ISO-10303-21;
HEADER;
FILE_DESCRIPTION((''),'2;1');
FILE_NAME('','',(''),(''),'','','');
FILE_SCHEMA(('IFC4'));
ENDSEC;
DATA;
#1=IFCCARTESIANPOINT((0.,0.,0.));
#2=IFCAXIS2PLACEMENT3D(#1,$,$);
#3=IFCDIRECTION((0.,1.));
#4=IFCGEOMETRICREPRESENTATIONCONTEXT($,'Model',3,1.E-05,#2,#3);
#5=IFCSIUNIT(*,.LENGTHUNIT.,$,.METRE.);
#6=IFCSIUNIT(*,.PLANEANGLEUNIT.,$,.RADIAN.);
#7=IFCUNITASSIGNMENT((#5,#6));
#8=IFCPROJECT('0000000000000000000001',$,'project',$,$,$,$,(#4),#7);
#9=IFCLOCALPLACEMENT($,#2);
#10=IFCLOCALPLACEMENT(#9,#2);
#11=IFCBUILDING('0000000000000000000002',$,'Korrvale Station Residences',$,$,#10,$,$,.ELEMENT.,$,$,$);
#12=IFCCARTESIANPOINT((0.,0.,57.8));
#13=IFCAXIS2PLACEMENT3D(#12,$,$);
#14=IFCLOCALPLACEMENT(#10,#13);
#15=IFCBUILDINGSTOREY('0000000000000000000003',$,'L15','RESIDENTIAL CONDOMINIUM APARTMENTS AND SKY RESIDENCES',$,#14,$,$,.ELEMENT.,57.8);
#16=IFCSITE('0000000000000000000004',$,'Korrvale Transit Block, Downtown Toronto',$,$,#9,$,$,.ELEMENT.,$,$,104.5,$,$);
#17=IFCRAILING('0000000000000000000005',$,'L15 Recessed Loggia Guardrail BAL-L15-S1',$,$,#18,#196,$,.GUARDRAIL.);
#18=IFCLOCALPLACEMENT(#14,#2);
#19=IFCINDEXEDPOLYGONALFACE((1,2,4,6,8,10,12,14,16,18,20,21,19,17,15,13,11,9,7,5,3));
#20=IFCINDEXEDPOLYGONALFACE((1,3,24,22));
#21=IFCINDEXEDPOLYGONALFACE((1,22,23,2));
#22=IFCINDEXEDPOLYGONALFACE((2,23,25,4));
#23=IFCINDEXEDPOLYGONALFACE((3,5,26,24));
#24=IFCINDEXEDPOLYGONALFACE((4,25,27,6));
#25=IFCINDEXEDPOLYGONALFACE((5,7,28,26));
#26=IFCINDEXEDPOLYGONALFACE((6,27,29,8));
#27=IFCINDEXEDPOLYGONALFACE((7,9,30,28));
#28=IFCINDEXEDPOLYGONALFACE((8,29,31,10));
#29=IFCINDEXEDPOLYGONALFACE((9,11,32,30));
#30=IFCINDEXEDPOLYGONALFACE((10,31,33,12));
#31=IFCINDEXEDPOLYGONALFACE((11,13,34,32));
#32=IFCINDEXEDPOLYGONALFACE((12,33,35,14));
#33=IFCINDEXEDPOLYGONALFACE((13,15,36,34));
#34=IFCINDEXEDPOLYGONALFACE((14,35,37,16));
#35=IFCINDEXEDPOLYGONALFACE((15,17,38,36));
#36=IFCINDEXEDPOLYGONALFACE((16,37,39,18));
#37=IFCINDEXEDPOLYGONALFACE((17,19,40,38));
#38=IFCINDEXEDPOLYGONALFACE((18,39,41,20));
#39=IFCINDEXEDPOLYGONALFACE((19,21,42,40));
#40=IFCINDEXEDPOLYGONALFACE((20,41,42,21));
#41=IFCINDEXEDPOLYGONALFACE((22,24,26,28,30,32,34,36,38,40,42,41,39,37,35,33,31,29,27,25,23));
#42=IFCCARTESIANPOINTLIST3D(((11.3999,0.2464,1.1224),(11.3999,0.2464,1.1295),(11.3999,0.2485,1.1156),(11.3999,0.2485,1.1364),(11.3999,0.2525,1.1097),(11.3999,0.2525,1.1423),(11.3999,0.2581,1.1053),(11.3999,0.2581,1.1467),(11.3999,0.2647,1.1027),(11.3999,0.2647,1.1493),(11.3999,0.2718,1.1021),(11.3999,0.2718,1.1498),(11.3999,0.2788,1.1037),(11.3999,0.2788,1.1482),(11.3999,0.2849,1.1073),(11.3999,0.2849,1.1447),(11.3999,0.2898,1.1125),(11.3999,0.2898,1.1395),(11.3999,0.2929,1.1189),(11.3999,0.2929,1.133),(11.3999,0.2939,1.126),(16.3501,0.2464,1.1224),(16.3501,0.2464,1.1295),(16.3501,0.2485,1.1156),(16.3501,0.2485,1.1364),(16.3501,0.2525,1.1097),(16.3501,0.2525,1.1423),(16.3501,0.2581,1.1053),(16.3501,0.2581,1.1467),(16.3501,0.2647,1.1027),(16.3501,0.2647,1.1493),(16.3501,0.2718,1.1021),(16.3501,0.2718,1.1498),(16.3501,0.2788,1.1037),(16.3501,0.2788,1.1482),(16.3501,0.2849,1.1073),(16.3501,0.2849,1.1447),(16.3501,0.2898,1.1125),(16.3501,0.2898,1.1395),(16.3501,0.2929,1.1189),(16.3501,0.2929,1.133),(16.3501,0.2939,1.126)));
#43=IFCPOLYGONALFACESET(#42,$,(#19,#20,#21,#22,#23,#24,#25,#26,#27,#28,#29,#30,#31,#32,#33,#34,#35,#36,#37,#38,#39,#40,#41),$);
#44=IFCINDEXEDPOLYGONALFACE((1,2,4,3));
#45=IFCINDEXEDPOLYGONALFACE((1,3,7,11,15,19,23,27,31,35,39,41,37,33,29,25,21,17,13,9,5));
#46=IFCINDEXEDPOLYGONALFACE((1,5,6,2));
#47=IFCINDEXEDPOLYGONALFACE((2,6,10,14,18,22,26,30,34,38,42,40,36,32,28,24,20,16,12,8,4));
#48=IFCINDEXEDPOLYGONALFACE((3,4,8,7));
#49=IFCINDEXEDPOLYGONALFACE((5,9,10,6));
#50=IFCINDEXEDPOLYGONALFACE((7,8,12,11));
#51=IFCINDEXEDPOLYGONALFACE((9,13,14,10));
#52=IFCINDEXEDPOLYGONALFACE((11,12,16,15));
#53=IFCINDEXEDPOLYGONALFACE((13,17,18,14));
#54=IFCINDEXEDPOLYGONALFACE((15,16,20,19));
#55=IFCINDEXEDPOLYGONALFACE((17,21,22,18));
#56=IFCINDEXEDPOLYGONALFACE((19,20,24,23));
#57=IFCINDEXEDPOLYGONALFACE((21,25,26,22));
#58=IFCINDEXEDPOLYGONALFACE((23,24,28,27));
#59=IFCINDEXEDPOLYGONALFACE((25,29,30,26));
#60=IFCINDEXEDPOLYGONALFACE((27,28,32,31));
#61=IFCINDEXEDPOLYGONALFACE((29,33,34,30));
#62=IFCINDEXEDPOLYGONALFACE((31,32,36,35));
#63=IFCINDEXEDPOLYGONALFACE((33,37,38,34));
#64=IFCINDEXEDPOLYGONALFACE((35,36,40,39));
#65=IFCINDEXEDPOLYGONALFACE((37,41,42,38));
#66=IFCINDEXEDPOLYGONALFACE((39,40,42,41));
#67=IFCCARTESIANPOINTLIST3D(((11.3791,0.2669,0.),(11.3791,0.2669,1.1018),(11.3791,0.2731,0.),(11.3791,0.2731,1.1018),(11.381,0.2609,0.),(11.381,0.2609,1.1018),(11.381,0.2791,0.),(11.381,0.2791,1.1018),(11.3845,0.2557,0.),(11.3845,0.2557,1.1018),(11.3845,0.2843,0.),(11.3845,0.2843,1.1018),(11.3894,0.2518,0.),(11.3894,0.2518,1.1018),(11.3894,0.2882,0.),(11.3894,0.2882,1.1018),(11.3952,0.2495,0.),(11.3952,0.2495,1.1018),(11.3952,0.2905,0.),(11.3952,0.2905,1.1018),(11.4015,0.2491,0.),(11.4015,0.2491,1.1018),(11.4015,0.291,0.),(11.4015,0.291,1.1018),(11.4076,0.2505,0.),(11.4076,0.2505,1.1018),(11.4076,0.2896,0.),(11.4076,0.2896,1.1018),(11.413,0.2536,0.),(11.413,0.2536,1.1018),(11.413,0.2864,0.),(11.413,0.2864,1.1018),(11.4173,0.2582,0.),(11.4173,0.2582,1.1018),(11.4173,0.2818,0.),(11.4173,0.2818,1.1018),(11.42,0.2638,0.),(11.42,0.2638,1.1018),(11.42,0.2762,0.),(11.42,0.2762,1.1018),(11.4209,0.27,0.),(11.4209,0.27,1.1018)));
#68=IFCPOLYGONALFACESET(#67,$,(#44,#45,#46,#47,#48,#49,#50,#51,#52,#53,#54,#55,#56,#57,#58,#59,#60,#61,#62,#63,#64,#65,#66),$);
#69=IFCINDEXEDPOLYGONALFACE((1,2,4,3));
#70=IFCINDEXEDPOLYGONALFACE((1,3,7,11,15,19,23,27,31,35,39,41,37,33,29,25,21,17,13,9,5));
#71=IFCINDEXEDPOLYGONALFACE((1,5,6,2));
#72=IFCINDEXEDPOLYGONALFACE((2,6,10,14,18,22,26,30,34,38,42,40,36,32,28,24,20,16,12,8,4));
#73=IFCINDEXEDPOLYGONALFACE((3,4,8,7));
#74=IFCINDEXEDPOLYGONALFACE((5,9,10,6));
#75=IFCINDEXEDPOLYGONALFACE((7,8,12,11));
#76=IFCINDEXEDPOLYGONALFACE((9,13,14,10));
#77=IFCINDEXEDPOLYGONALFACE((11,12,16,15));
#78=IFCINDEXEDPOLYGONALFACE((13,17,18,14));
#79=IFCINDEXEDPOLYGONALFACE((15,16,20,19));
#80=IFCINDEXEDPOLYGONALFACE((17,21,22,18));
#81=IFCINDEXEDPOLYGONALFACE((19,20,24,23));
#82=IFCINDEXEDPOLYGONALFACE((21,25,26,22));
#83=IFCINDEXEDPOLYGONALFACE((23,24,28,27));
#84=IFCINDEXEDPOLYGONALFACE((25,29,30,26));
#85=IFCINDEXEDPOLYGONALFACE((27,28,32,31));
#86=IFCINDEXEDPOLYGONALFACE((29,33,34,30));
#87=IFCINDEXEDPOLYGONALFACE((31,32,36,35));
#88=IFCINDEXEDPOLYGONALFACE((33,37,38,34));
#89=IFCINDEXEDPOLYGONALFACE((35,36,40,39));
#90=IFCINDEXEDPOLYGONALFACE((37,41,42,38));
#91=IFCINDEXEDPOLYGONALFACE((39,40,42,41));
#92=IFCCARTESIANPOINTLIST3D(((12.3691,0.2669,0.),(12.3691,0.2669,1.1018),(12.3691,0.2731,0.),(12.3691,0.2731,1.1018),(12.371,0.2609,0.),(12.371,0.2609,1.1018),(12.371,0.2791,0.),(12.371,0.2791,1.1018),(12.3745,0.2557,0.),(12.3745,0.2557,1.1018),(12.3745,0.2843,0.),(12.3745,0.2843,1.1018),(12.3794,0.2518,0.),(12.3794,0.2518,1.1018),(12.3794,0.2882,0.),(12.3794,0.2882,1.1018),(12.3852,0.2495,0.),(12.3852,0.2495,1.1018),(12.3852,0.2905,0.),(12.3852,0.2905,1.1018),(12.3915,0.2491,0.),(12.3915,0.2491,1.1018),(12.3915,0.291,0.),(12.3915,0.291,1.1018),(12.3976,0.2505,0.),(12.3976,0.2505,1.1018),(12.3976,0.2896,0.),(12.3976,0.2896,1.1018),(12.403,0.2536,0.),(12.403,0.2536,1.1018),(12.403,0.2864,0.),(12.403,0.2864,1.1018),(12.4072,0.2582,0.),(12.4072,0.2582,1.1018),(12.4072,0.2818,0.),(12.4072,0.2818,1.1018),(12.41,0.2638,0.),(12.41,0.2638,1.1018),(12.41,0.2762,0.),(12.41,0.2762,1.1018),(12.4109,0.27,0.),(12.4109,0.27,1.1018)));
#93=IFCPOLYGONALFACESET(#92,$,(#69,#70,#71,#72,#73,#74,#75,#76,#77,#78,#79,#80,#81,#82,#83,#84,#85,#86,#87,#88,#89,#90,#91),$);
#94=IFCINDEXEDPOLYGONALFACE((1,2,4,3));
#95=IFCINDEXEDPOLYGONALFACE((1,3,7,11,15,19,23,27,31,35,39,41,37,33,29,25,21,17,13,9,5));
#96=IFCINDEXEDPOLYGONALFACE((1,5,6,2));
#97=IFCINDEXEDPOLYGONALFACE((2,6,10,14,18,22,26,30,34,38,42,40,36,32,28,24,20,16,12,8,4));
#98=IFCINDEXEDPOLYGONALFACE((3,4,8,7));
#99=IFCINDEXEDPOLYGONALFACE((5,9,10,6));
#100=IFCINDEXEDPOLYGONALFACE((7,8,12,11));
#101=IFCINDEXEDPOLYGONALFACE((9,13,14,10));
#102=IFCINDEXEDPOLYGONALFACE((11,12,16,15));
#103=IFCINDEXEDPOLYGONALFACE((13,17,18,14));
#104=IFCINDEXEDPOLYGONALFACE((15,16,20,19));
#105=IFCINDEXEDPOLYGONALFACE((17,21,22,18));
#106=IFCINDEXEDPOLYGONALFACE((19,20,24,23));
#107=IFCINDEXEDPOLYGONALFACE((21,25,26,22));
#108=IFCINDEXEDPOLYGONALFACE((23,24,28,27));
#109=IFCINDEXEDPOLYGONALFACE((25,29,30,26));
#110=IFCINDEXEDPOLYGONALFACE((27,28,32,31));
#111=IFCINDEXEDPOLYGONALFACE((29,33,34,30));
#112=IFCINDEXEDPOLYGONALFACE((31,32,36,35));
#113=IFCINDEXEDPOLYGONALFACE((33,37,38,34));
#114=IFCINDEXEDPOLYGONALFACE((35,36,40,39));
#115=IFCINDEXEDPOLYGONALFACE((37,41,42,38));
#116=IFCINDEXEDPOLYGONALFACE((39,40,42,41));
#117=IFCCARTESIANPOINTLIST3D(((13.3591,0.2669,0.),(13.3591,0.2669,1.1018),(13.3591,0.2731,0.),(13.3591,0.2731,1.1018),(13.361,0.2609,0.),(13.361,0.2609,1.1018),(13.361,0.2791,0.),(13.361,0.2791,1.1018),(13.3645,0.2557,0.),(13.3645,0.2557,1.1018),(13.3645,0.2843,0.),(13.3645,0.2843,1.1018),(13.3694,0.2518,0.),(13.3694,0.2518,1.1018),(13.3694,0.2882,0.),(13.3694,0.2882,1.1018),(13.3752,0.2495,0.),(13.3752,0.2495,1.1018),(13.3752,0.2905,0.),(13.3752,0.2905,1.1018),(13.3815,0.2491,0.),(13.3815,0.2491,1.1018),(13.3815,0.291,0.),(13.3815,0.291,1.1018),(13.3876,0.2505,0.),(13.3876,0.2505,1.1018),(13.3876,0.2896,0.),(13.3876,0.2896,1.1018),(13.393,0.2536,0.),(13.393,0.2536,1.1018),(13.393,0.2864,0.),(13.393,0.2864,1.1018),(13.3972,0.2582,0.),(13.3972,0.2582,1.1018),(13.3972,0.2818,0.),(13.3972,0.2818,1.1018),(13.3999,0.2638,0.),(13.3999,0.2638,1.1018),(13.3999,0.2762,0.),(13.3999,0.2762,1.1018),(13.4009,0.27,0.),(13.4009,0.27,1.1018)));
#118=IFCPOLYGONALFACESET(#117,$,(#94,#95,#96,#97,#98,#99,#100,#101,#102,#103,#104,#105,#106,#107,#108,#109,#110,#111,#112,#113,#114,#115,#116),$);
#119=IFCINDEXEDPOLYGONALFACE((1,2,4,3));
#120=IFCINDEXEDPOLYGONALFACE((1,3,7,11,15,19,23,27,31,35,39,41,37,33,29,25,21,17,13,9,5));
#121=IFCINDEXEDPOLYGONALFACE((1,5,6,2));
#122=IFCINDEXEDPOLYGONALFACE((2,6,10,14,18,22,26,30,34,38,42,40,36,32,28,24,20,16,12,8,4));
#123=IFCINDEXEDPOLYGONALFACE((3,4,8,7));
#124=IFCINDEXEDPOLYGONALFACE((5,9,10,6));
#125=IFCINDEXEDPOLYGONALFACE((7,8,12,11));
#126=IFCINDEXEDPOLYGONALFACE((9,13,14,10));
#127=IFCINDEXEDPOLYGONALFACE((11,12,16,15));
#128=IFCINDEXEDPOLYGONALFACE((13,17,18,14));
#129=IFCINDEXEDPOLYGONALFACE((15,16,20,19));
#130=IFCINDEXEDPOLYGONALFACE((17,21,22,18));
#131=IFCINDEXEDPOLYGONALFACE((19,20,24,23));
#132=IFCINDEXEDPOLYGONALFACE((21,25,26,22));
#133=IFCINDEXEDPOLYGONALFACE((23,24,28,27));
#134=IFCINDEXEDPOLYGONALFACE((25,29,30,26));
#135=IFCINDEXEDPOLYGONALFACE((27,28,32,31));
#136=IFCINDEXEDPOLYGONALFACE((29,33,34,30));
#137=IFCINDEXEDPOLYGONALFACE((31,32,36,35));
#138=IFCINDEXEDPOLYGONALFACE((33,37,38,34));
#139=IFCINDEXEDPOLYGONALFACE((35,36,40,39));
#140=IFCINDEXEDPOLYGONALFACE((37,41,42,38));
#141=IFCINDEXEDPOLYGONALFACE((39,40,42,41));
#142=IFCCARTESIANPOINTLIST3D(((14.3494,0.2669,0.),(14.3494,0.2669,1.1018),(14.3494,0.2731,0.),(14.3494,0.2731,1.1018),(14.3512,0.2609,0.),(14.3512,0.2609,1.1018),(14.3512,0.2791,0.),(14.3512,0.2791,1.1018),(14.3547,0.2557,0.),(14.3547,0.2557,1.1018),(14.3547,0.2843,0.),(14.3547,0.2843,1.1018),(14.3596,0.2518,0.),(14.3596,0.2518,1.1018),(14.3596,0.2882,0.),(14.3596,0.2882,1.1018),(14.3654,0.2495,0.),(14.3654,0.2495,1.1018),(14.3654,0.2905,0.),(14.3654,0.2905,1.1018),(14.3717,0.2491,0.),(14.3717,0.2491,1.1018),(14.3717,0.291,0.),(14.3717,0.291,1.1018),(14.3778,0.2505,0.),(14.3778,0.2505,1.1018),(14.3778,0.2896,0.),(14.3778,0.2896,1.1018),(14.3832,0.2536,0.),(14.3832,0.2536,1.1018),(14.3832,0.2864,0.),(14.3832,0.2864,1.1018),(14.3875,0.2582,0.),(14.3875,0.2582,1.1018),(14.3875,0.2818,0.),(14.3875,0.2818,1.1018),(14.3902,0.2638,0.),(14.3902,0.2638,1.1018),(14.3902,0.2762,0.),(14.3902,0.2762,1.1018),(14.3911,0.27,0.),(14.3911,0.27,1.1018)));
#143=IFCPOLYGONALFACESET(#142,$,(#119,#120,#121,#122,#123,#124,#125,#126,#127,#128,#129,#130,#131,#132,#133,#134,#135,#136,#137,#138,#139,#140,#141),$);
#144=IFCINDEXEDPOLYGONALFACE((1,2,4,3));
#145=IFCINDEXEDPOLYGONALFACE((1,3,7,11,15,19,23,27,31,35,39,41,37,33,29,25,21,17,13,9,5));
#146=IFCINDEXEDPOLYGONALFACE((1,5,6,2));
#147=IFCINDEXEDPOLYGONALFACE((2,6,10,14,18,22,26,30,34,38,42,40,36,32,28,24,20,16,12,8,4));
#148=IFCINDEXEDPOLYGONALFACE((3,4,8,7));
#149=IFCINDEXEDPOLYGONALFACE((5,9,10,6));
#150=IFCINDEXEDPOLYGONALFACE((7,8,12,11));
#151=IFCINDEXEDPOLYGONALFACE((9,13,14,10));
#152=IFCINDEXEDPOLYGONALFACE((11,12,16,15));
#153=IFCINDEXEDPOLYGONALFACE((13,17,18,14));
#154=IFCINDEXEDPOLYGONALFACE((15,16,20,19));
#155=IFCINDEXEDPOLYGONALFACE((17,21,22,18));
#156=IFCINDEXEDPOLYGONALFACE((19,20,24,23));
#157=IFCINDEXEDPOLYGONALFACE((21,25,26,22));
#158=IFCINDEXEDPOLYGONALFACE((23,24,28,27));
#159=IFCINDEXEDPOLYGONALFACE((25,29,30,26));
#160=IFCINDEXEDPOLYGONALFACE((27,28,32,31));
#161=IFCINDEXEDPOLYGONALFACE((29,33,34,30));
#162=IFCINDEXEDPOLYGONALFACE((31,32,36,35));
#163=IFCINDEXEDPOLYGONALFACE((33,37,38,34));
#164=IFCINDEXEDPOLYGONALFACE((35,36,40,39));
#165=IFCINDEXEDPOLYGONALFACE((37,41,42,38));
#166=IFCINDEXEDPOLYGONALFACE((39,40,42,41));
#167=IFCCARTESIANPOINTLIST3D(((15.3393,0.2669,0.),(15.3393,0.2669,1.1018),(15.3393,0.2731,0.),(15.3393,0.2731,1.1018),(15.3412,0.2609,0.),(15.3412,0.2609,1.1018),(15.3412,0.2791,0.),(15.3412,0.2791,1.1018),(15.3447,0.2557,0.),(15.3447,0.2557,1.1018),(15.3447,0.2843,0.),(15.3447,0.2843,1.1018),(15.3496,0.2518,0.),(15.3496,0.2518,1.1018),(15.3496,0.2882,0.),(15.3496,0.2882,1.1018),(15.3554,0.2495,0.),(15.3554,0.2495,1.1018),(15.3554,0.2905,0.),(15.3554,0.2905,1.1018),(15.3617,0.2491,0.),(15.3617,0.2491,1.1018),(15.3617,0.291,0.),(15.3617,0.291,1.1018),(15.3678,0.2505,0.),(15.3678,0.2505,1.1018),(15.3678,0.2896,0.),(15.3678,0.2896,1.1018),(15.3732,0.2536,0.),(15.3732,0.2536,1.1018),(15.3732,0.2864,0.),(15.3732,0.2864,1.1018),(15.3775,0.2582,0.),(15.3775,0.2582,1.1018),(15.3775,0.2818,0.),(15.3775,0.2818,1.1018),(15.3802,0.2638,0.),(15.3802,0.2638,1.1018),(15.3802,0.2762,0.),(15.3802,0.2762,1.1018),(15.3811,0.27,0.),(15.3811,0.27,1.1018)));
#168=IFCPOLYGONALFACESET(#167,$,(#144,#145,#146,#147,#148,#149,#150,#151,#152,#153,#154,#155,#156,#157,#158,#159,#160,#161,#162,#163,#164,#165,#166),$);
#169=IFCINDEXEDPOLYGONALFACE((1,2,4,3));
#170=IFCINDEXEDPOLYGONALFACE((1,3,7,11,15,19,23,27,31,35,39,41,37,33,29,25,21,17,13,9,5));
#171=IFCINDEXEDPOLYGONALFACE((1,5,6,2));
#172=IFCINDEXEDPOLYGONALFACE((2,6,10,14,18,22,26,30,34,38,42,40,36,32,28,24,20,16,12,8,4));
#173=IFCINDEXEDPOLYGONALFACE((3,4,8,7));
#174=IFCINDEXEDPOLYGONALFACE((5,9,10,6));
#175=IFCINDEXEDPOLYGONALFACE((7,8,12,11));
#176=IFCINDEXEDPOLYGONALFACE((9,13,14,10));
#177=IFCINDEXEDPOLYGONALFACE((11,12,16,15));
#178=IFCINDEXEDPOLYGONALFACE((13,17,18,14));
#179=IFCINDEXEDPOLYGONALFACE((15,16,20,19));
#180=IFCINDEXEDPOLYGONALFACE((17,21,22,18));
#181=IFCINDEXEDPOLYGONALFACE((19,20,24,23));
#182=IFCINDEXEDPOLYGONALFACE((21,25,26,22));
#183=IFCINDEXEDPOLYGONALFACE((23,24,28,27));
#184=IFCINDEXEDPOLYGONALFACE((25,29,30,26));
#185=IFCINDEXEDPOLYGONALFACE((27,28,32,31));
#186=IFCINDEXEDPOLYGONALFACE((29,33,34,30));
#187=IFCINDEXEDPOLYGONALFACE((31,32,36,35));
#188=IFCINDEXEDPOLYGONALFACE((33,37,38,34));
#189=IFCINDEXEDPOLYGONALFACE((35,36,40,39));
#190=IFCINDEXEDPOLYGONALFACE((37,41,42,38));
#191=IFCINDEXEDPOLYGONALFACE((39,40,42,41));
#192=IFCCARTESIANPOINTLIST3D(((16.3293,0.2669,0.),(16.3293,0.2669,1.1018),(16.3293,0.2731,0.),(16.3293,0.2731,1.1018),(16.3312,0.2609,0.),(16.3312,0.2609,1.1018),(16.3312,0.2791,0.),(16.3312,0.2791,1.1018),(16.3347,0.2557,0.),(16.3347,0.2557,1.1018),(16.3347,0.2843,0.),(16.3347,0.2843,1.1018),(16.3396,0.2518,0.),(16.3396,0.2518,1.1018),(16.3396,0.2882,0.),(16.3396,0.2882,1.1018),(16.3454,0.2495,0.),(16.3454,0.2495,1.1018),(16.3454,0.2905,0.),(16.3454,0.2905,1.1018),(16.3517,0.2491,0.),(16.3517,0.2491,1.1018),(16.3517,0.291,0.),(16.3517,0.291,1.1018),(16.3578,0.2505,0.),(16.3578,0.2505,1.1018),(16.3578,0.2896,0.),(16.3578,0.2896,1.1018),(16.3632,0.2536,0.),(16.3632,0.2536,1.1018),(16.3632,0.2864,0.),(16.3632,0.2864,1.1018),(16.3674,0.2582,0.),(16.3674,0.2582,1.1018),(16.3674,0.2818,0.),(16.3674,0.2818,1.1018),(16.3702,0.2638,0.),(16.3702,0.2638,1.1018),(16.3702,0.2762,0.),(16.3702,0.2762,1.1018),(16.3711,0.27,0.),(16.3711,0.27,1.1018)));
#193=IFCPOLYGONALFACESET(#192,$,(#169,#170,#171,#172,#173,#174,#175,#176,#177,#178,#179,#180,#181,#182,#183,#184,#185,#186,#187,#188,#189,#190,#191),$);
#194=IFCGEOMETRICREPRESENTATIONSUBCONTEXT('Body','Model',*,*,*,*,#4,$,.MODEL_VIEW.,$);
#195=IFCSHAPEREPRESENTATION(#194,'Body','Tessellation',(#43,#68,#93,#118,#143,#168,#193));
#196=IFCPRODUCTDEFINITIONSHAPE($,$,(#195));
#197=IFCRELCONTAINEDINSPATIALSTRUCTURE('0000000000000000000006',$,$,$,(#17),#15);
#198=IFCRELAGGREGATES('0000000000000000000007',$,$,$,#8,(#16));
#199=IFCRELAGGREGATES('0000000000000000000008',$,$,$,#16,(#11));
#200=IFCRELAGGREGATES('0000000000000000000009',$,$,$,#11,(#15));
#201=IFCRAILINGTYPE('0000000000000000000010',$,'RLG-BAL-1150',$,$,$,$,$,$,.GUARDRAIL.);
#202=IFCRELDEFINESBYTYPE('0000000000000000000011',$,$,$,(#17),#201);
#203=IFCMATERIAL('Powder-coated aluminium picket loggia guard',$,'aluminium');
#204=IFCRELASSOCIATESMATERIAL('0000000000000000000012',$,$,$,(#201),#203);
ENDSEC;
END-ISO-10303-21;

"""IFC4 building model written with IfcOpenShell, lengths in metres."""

from ifc_helpers import new_model, si_unit, direction, frame, origin, origin_2d, place, context, subcontext, project, spatial, circle, extrude, material, type_object, element, save


model = new_model("IFC4")

# Units and contexts
model_context = context("Model", 3, precision=1e-05, world=origin(), true_north=direction((0.0, 1.0)))
body_context = subcontext(model_context, "Body", "Model", "MODEL_VIEW")
ifc_project = project(units=[si_unit("LENGTHUNIT", "METRE"), si_unit("PLANEANGLEUNIT", "RADIAN")], contexts=[model_context])

# Site, building, storey
site_placement = place(None, origin())
site = spatial("IfcSite", under=ifc_project, at=site_placement, Name="Korrvale Transit Block, Downtown Toronto", CompositionType="ELEMENT", RefElevation=104.5)
building_placement = place(site_placement, origin())
building = spatial("IfcBuilding", under=site, at=building_placement, Name="Korrvale Station Residences", CompositionType="ELEMENT")
storey_placement = place(building_placement, frame((0.0, 0.0, 57.8)))
storey = spatial("IfcBuildingStorey", under=building, at=storey_placement, Name="L15", Description="RESIDENTIAL CONDOMINIUM APARTMENTS AND SKY RESIDENCES", CompositionType="ELEMENT", Elevation=57.8)

# Railing
ifc_material_1 = material(Name="Powder-coated aluminium picket loggia guard", Category="aluminium")
railing_type = type_object("IfcRailingType", Name="RLG-BAL-1150", PredefinedType="GUARDRAIL", material=ifc_material_1)
railing_placement = place(storey_placement, frame((11.3999, 0.27, 0.0)))
element("IfcRailing", 1, at=railing_placement, inside=storey, type_object=railing_type, Name="L15 Recessed Loggia Guardrail BAL-L15-S1", PredefinedType="GUARDRAIL", context=body_context, shape_type="SweptSolid", body=[
    extrude(circle(Radius=0.0239, at=origin_2d()), frame((0.0, 0.0, 1.126), z_axis=(1.0, 0.0, 0.0), x_axis=(0.0, 1.0, 0.0)), (0.0, 0.0, 1.0), 4.9502),
    extrude(circle(Radius=0.021, at=origin_2d()), origin(), (0.0, 0.0, 1.0), 1.1018),
    extrude(circle(Radius=0.021, at=origin_2d()), frame((0.99, 0.0, 0.0)), (0.0, 0.0, 1.0), 1.1018),
    extrude(circle(Radius=0.021, at=origin_2d()), frame((1.98, 0.0, 0.0)), (0.0, 0.0, 1.0), 1.1018),
    extrude(circle(Radius=0.021, at=origin_2d()), frame((2.9702, 0.0, 0.0)), (0.0, 0.0, 1.0), 1.1018),
    extrude(circle(Radius=0.021, at=origin_2d()), frame((3.9602, 0.0, 0.0)), (0.0, 0.0, 1.0), 1.1018),
    extrude(circle(Radius=0.021, at=origin_2d()), frame((4.9502, 0.0, 0.0)), (0.0, 0.0, 1.0), 1.1018),
])

save(model, "model.ifc")
